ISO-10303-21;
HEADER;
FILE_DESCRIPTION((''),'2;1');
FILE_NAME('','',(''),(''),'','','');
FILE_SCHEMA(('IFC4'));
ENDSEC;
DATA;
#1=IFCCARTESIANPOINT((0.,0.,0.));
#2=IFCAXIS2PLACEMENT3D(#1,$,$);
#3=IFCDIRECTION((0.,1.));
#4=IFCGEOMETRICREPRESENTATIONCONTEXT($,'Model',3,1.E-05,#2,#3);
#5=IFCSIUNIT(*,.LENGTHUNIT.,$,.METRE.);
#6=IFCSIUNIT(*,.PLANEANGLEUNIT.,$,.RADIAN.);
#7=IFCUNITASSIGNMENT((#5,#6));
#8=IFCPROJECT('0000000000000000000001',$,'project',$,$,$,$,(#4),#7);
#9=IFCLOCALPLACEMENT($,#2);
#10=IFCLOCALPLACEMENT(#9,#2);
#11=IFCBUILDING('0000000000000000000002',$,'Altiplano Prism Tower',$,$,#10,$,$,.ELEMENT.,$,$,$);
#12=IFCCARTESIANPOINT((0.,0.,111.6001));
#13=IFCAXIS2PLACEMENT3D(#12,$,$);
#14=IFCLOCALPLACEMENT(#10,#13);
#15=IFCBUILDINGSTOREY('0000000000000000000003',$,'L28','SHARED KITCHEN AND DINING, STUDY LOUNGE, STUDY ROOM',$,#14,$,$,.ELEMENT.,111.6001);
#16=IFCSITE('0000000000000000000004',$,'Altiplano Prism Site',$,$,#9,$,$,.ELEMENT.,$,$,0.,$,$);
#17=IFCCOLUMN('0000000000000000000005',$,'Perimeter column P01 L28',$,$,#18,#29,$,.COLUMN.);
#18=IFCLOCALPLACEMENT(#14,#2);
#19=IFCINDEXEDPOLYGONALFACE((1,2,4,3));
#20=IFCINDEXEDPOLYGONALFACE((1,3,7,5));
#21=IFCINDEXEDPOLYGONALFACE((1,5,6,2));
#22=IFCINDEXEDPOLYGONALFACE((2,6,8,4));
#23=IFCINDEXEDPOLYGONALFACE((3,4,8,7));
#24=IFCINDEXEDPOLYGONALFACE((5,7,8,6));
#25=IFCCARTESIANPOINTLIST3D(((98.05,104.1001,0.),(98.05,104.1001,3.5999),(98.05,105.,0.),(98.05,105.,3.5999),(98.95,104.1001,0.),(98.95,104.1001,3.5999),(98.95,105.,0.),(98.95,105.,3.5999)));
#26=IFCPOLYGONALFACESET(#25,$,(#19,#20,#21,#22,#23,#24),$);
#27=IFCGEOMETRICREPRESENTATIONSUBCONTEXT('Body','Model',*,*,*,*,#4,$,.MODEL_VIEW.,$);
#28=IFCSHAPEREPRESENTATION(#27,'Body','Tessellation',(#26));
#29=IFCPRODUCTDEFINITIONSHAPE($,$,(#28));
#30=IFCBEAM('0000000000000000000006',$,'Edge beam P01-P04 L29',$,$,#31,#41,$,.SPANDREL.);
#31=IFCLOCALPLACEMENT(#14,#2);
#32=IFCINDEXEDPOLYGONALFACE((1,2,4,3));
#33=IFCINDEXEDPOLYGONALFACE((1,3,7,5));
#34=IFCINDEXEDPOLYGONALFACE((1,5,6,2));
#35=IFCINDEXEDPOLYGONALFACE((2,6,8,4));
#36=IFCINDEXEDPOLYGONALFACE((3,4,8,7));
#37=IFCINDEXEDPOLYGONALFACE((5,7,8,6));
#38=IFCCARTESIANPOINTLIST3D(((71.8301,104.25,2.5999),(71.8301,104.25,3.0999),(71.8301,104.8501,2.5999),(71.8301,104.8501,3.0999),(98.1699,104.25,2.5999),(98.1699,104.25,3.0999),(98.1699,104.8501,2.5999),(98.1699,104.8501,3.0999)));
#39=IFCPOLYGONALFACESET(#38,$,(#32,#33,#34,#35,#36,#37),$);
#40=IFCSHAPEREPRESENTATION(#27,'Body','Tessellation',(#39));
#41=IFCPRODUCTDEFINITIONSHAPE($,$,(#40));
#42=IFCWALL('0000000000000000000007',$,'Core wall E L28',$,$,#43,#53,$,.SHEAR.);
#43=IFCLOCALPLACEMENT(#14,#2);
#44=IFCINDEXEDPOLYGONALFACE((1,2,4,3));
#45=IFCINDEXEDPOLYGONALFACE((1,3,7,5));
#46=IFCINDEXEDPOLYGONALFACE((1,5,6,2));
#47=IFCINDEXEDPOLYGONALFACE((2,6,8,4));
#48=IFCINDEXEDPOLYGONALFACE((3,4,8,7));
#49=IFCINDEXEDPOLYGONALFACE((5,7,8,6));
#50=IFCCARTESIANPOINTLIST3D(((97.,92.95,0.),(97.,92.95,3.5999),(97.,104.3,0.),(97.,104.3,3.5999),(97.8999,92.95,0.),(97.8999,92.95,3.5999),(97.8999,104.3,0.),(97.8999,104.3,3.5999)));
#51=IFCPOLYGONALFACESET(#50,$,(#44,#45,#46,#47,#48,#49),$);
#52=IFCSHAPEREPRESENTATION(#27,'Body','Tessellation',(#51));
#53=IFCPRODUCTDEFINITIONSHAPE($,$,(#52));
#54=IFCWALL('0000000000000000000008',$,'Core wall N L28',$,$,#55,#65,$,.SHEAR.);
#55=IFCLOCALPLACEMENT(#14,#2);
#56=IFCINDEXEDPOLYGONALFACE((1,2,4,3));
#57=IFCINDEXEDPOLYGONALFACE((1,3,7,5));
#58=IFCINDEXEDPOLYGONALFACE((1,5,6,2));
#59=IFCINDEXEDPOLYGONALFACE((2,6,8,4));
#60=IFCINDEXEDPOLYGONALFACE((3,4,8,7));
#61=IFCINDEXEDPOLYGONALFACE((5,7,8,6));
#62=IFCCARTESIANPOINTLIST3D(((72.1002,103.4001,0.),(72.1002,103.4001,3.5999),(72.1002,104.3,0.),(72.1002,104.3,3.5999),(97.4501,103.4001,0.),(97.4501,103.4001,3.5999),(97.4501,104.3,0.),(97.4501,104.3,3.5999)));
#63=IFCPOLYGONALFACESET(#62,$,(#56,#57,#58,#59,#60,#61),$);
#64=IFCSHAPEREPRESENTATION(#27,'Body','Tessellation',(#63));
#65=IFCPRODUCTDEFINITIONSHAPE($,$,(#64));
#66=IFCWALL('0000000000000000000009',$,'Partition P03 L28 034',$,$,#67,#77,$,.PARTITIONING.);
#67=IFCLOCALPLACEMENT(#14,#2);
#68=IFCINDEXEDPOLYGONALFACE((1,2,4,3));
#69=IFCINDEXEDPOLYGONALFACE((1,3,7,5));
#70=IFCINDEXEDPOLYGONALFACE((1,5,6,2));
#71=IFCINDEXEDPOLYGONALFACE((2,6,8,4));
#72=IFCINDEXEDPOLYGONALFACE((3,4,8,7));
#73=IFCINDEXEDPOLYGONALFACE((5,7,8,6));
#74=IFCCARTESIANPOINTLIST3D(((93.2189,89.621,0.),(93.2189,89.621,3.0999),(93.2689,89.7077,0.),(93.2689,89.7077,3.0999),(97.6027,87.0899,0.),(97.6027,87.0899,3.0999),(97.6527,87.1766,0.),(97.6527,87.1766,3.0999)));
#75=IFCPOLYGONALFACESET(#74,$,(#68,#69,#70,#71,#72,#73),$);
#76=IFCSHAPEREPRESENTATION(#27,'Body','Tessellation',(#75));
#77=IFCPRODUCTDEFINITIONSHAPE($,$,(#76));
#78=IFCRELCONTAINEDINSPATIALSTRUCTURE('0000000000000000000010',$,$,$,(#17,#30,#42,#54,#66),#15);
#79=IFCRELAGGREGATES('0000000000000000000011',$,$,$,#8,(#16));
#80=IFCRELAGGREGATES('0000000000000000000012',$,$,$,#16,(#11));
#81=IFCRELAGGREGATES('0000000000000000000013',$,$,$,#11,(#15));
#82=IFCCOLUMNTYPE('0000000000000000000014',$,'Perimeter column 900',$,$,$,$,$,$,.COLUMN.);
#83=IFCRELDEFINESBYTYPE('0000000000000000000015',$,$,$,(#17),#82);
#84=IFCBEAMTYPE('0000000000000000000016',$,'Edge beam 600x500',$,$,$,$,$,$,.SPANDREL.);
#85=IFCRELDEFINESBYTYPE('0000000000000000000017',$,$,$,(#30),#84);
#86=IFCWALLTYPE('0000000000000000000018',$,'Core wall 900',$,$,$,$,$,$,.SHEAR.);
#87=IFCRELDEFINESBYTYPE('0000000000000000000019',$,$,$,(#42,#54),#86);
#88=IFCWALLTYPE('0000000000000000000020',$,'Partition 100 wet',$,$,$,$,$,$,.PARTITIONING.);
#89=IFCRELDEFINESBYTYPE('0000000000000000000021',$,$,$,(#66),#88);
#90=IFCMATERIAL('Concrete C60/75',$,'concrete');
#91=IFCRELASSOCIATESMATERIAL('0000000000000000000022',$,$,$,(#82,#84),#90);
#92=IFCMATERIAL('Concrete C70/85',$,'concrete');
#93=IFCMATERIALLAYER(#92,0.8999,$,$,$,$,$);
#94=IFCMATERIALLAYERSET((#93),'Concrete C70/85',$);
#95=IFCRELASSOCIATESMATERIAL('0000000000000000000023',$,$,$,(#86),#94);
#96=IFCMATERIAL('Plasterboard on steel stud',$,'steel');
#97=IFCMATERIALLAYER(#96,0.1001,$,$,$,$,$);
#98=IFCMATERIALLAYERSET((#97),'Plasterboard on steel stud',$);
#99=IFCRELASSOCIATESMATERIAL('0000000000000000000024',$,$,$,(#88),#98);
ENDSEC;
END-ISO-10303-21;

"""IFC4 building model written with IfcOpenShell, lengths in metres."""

from ifc_helpers import new_model, si_unit, direction, frame, frame_2d, origin, origin_2d, place, context, subcontext, project, spatial, rectangle, extrude, material, layer, layer_set, material_profile, profile_set, type_object, element, save


model = new_model("IFC4")

# Units and contexts
model_context = context("Model", 3, precision=1e-05, world=origin(), true_north=direction((0.0, 1.0)))
body_context = subcontext(model_context, "Body", "Model", "MODEL_VIEW")
ifc_project = project(units=[si_unit("LENGTHUNIT", "METRE"), si_unit("PLANEANGLEUNIT", "RADIAN")], contexts=[model_context])

# Site, building, storey
site_placement = place(None, origin())
site = spatial("IfcSite", under=ifc_project, at=site_placement, Name="Altiplano Prism Site", CompositionType="ELEMENT", RefElevation=0.0)
building_placement = place(site_placement, origin())
building = spatial("IfcBuilding", under=site, at=building_placement, Name="Altiplano Prism Tower", CompositionType="ELEMENT")
storey_placement = place(building_placement, frame((0.0, 0.0, 111.6001)))
storey = spatial("IfcBuildingStorey", under=building, at=storey_placement, Name="L28", Description="SHARED KITCHEN AND DINING, STUDY LOUNGE, STUDY ROOM", CompositionType="ELEMENT", Elevation=111.6001)

# Column
ifc_material_1 = material(Name="Concrete C60/75", Category="concrete")
ifc_material_profile_1 = material_profile(ifc_material_1, rectangle(XDim=0.8999, YDim=0.8999, at=origin_2d()), Name="Perimeter column 900")
ifc_profile_set_1 = profile_set([ifc_material_profile_1], Name="Concrete C60/75")
column_type = type_object("IfcColumnType", Name="Perimeter column 900", PredefinedType="COLUMN", material=ifc_profile_set_1)
column_placement = place(storey_placement, frame((98.5, 104.55, 0.0), z_axis=(0.0, 0.0, 1.0), x_axis=(1.0, 0.0, 0.0)))
element("IfcColumn", 1, at=column_placement, inside=storey, type_object=column_type, Name="Perimeter column P01 L28", PredefinedType="COLUMN", context=body_context, shape_type="SweptSolid", body=[
    extrude(rectangle(XDim=0.8999, YDim=0.8999, at=origin_2d()), origin(), (0.0, 0.0, 1.0), 3.5999),
])

# Beam
ifc_material_profile_2 = material_profile(ifc_material_1, rectangle(XDim=0.6001, YDim=0.5, at=origin_2d()), Name="Edge beam 600x500")
ifc_profile_set_2 = profile_set([ifc_material_profile_2], Name="Concrete C60/75")
beam_type = type_object("IfcBeamType", Name="Edge beam 600x500", PredefinedType="SPANDREL", material=ifc_profile_set_2)
beam_placement = place(storey_placement, frame((98.1699, 104.55, 2.8499), z_axis=(-1.0, 0.0, 0.0), x_axis=(0.0, -1.0, 0.0)))
element("IfcBeam", 2, at=beam_placement, inside=storey, type_object=beam_type, Name="Edge beam P01-P04 L29", PredefinedType="SPANDREL", context=body_context, shape_type="SweptSolid", body=[
    extrude(rectangle(XDim=0.6001, YDim=0.5, at=origin_2d()), origin(), (0.0, 0.0, 1.0), 26.3398),
])

# Walls
ifc_material_2 = material(Name="Concrete C70/85", Category="concrete")
ifc_layer_1 = layer(ifc_material_2, 0.8999)
ifc_layer_set_1 = layer_set([ifc_layer_1], Name="Concrete C70/85")
wall_type_1 = type_object("IfcWallType", Name="Core wall 900", PredefinedType="SHEAR", material=ifc_layer_set_1)
wall_1_placement = place(storey_placement, frame((97.45, 92.95, 0.0), z_axis=(0.0, 0.0, 1.0), x_axis=(0.0, 1.0, 0.0)))
element("IfcWall", 3, at=wall_1_placement, inside=storey, type_object=wall_type_1, Name="Core wall E L28", PredefinedType="SHEAR", context=body_context, shape_type="SweptSolid", body=[
    extrude(rectangle(XDim=11.3501, YDim=0.8999, at=frame_2d((5.675, 0.0))), origin(), (0.0, 0.0, 1.0), 3.5999),
])
wall_2_placement = place(storey_placement, frame((97.45, 103.8501, 0.0), z_axis=(0.0, 0.0, 1.0), x_axis=(-1.0, 0.0, 0.0)))
element("IfcWall", 4, at=wall_2_placement, inside=storey, type_object=wall_type_1, Name="Core wall N L28", PredefinedType="SHEAR", context=body_context, shape_type="SweptSolid", body=[
    extrude(rectangle(XDim=25.3499, YDim=0.8999, at=frame_2d((12.6748, 0.0))), origin(), (0.0, 0.0, 1.0), 3.5999),
])
ifc_material_3 = material(Name="Plasterboard on steel stud", Category="steel")
ifc_layer_2 = layer(ifc_material_3, 0.1001)
ifc_layer_set_2 = layer_set([ifc_layer_2], Name="Plasterboard on steel stud")
wall_type_2 = type_object("IfcWallType", Name="Partition 100 wet", PredefinedType="PARTITIONING", material=ifc_layer_set_2)
wall_3_placement = place(storey_placement, frame((93.2439, 89.6643, 0.0), z_axis=(0.0, 0.0, 1.0), x_axis=(0.866023, -0.500004, 0.0)))
element("IfcWall", 5, at=wall_3_placement, inside=storey, type_object=wall_type_2, Name="Partition P03 L28 034", PredefinedType="PARTITIONING", context=body_context, shape_type="SweptSolid", body=[
    extrude(rectangle(XDim=5.062, YDim=0.1001, at=frame_2d((2.531, 0.0))), origin(), (0.0, 0.0, 1.0), 3.0999),
])

save(model, "model.ifc")
